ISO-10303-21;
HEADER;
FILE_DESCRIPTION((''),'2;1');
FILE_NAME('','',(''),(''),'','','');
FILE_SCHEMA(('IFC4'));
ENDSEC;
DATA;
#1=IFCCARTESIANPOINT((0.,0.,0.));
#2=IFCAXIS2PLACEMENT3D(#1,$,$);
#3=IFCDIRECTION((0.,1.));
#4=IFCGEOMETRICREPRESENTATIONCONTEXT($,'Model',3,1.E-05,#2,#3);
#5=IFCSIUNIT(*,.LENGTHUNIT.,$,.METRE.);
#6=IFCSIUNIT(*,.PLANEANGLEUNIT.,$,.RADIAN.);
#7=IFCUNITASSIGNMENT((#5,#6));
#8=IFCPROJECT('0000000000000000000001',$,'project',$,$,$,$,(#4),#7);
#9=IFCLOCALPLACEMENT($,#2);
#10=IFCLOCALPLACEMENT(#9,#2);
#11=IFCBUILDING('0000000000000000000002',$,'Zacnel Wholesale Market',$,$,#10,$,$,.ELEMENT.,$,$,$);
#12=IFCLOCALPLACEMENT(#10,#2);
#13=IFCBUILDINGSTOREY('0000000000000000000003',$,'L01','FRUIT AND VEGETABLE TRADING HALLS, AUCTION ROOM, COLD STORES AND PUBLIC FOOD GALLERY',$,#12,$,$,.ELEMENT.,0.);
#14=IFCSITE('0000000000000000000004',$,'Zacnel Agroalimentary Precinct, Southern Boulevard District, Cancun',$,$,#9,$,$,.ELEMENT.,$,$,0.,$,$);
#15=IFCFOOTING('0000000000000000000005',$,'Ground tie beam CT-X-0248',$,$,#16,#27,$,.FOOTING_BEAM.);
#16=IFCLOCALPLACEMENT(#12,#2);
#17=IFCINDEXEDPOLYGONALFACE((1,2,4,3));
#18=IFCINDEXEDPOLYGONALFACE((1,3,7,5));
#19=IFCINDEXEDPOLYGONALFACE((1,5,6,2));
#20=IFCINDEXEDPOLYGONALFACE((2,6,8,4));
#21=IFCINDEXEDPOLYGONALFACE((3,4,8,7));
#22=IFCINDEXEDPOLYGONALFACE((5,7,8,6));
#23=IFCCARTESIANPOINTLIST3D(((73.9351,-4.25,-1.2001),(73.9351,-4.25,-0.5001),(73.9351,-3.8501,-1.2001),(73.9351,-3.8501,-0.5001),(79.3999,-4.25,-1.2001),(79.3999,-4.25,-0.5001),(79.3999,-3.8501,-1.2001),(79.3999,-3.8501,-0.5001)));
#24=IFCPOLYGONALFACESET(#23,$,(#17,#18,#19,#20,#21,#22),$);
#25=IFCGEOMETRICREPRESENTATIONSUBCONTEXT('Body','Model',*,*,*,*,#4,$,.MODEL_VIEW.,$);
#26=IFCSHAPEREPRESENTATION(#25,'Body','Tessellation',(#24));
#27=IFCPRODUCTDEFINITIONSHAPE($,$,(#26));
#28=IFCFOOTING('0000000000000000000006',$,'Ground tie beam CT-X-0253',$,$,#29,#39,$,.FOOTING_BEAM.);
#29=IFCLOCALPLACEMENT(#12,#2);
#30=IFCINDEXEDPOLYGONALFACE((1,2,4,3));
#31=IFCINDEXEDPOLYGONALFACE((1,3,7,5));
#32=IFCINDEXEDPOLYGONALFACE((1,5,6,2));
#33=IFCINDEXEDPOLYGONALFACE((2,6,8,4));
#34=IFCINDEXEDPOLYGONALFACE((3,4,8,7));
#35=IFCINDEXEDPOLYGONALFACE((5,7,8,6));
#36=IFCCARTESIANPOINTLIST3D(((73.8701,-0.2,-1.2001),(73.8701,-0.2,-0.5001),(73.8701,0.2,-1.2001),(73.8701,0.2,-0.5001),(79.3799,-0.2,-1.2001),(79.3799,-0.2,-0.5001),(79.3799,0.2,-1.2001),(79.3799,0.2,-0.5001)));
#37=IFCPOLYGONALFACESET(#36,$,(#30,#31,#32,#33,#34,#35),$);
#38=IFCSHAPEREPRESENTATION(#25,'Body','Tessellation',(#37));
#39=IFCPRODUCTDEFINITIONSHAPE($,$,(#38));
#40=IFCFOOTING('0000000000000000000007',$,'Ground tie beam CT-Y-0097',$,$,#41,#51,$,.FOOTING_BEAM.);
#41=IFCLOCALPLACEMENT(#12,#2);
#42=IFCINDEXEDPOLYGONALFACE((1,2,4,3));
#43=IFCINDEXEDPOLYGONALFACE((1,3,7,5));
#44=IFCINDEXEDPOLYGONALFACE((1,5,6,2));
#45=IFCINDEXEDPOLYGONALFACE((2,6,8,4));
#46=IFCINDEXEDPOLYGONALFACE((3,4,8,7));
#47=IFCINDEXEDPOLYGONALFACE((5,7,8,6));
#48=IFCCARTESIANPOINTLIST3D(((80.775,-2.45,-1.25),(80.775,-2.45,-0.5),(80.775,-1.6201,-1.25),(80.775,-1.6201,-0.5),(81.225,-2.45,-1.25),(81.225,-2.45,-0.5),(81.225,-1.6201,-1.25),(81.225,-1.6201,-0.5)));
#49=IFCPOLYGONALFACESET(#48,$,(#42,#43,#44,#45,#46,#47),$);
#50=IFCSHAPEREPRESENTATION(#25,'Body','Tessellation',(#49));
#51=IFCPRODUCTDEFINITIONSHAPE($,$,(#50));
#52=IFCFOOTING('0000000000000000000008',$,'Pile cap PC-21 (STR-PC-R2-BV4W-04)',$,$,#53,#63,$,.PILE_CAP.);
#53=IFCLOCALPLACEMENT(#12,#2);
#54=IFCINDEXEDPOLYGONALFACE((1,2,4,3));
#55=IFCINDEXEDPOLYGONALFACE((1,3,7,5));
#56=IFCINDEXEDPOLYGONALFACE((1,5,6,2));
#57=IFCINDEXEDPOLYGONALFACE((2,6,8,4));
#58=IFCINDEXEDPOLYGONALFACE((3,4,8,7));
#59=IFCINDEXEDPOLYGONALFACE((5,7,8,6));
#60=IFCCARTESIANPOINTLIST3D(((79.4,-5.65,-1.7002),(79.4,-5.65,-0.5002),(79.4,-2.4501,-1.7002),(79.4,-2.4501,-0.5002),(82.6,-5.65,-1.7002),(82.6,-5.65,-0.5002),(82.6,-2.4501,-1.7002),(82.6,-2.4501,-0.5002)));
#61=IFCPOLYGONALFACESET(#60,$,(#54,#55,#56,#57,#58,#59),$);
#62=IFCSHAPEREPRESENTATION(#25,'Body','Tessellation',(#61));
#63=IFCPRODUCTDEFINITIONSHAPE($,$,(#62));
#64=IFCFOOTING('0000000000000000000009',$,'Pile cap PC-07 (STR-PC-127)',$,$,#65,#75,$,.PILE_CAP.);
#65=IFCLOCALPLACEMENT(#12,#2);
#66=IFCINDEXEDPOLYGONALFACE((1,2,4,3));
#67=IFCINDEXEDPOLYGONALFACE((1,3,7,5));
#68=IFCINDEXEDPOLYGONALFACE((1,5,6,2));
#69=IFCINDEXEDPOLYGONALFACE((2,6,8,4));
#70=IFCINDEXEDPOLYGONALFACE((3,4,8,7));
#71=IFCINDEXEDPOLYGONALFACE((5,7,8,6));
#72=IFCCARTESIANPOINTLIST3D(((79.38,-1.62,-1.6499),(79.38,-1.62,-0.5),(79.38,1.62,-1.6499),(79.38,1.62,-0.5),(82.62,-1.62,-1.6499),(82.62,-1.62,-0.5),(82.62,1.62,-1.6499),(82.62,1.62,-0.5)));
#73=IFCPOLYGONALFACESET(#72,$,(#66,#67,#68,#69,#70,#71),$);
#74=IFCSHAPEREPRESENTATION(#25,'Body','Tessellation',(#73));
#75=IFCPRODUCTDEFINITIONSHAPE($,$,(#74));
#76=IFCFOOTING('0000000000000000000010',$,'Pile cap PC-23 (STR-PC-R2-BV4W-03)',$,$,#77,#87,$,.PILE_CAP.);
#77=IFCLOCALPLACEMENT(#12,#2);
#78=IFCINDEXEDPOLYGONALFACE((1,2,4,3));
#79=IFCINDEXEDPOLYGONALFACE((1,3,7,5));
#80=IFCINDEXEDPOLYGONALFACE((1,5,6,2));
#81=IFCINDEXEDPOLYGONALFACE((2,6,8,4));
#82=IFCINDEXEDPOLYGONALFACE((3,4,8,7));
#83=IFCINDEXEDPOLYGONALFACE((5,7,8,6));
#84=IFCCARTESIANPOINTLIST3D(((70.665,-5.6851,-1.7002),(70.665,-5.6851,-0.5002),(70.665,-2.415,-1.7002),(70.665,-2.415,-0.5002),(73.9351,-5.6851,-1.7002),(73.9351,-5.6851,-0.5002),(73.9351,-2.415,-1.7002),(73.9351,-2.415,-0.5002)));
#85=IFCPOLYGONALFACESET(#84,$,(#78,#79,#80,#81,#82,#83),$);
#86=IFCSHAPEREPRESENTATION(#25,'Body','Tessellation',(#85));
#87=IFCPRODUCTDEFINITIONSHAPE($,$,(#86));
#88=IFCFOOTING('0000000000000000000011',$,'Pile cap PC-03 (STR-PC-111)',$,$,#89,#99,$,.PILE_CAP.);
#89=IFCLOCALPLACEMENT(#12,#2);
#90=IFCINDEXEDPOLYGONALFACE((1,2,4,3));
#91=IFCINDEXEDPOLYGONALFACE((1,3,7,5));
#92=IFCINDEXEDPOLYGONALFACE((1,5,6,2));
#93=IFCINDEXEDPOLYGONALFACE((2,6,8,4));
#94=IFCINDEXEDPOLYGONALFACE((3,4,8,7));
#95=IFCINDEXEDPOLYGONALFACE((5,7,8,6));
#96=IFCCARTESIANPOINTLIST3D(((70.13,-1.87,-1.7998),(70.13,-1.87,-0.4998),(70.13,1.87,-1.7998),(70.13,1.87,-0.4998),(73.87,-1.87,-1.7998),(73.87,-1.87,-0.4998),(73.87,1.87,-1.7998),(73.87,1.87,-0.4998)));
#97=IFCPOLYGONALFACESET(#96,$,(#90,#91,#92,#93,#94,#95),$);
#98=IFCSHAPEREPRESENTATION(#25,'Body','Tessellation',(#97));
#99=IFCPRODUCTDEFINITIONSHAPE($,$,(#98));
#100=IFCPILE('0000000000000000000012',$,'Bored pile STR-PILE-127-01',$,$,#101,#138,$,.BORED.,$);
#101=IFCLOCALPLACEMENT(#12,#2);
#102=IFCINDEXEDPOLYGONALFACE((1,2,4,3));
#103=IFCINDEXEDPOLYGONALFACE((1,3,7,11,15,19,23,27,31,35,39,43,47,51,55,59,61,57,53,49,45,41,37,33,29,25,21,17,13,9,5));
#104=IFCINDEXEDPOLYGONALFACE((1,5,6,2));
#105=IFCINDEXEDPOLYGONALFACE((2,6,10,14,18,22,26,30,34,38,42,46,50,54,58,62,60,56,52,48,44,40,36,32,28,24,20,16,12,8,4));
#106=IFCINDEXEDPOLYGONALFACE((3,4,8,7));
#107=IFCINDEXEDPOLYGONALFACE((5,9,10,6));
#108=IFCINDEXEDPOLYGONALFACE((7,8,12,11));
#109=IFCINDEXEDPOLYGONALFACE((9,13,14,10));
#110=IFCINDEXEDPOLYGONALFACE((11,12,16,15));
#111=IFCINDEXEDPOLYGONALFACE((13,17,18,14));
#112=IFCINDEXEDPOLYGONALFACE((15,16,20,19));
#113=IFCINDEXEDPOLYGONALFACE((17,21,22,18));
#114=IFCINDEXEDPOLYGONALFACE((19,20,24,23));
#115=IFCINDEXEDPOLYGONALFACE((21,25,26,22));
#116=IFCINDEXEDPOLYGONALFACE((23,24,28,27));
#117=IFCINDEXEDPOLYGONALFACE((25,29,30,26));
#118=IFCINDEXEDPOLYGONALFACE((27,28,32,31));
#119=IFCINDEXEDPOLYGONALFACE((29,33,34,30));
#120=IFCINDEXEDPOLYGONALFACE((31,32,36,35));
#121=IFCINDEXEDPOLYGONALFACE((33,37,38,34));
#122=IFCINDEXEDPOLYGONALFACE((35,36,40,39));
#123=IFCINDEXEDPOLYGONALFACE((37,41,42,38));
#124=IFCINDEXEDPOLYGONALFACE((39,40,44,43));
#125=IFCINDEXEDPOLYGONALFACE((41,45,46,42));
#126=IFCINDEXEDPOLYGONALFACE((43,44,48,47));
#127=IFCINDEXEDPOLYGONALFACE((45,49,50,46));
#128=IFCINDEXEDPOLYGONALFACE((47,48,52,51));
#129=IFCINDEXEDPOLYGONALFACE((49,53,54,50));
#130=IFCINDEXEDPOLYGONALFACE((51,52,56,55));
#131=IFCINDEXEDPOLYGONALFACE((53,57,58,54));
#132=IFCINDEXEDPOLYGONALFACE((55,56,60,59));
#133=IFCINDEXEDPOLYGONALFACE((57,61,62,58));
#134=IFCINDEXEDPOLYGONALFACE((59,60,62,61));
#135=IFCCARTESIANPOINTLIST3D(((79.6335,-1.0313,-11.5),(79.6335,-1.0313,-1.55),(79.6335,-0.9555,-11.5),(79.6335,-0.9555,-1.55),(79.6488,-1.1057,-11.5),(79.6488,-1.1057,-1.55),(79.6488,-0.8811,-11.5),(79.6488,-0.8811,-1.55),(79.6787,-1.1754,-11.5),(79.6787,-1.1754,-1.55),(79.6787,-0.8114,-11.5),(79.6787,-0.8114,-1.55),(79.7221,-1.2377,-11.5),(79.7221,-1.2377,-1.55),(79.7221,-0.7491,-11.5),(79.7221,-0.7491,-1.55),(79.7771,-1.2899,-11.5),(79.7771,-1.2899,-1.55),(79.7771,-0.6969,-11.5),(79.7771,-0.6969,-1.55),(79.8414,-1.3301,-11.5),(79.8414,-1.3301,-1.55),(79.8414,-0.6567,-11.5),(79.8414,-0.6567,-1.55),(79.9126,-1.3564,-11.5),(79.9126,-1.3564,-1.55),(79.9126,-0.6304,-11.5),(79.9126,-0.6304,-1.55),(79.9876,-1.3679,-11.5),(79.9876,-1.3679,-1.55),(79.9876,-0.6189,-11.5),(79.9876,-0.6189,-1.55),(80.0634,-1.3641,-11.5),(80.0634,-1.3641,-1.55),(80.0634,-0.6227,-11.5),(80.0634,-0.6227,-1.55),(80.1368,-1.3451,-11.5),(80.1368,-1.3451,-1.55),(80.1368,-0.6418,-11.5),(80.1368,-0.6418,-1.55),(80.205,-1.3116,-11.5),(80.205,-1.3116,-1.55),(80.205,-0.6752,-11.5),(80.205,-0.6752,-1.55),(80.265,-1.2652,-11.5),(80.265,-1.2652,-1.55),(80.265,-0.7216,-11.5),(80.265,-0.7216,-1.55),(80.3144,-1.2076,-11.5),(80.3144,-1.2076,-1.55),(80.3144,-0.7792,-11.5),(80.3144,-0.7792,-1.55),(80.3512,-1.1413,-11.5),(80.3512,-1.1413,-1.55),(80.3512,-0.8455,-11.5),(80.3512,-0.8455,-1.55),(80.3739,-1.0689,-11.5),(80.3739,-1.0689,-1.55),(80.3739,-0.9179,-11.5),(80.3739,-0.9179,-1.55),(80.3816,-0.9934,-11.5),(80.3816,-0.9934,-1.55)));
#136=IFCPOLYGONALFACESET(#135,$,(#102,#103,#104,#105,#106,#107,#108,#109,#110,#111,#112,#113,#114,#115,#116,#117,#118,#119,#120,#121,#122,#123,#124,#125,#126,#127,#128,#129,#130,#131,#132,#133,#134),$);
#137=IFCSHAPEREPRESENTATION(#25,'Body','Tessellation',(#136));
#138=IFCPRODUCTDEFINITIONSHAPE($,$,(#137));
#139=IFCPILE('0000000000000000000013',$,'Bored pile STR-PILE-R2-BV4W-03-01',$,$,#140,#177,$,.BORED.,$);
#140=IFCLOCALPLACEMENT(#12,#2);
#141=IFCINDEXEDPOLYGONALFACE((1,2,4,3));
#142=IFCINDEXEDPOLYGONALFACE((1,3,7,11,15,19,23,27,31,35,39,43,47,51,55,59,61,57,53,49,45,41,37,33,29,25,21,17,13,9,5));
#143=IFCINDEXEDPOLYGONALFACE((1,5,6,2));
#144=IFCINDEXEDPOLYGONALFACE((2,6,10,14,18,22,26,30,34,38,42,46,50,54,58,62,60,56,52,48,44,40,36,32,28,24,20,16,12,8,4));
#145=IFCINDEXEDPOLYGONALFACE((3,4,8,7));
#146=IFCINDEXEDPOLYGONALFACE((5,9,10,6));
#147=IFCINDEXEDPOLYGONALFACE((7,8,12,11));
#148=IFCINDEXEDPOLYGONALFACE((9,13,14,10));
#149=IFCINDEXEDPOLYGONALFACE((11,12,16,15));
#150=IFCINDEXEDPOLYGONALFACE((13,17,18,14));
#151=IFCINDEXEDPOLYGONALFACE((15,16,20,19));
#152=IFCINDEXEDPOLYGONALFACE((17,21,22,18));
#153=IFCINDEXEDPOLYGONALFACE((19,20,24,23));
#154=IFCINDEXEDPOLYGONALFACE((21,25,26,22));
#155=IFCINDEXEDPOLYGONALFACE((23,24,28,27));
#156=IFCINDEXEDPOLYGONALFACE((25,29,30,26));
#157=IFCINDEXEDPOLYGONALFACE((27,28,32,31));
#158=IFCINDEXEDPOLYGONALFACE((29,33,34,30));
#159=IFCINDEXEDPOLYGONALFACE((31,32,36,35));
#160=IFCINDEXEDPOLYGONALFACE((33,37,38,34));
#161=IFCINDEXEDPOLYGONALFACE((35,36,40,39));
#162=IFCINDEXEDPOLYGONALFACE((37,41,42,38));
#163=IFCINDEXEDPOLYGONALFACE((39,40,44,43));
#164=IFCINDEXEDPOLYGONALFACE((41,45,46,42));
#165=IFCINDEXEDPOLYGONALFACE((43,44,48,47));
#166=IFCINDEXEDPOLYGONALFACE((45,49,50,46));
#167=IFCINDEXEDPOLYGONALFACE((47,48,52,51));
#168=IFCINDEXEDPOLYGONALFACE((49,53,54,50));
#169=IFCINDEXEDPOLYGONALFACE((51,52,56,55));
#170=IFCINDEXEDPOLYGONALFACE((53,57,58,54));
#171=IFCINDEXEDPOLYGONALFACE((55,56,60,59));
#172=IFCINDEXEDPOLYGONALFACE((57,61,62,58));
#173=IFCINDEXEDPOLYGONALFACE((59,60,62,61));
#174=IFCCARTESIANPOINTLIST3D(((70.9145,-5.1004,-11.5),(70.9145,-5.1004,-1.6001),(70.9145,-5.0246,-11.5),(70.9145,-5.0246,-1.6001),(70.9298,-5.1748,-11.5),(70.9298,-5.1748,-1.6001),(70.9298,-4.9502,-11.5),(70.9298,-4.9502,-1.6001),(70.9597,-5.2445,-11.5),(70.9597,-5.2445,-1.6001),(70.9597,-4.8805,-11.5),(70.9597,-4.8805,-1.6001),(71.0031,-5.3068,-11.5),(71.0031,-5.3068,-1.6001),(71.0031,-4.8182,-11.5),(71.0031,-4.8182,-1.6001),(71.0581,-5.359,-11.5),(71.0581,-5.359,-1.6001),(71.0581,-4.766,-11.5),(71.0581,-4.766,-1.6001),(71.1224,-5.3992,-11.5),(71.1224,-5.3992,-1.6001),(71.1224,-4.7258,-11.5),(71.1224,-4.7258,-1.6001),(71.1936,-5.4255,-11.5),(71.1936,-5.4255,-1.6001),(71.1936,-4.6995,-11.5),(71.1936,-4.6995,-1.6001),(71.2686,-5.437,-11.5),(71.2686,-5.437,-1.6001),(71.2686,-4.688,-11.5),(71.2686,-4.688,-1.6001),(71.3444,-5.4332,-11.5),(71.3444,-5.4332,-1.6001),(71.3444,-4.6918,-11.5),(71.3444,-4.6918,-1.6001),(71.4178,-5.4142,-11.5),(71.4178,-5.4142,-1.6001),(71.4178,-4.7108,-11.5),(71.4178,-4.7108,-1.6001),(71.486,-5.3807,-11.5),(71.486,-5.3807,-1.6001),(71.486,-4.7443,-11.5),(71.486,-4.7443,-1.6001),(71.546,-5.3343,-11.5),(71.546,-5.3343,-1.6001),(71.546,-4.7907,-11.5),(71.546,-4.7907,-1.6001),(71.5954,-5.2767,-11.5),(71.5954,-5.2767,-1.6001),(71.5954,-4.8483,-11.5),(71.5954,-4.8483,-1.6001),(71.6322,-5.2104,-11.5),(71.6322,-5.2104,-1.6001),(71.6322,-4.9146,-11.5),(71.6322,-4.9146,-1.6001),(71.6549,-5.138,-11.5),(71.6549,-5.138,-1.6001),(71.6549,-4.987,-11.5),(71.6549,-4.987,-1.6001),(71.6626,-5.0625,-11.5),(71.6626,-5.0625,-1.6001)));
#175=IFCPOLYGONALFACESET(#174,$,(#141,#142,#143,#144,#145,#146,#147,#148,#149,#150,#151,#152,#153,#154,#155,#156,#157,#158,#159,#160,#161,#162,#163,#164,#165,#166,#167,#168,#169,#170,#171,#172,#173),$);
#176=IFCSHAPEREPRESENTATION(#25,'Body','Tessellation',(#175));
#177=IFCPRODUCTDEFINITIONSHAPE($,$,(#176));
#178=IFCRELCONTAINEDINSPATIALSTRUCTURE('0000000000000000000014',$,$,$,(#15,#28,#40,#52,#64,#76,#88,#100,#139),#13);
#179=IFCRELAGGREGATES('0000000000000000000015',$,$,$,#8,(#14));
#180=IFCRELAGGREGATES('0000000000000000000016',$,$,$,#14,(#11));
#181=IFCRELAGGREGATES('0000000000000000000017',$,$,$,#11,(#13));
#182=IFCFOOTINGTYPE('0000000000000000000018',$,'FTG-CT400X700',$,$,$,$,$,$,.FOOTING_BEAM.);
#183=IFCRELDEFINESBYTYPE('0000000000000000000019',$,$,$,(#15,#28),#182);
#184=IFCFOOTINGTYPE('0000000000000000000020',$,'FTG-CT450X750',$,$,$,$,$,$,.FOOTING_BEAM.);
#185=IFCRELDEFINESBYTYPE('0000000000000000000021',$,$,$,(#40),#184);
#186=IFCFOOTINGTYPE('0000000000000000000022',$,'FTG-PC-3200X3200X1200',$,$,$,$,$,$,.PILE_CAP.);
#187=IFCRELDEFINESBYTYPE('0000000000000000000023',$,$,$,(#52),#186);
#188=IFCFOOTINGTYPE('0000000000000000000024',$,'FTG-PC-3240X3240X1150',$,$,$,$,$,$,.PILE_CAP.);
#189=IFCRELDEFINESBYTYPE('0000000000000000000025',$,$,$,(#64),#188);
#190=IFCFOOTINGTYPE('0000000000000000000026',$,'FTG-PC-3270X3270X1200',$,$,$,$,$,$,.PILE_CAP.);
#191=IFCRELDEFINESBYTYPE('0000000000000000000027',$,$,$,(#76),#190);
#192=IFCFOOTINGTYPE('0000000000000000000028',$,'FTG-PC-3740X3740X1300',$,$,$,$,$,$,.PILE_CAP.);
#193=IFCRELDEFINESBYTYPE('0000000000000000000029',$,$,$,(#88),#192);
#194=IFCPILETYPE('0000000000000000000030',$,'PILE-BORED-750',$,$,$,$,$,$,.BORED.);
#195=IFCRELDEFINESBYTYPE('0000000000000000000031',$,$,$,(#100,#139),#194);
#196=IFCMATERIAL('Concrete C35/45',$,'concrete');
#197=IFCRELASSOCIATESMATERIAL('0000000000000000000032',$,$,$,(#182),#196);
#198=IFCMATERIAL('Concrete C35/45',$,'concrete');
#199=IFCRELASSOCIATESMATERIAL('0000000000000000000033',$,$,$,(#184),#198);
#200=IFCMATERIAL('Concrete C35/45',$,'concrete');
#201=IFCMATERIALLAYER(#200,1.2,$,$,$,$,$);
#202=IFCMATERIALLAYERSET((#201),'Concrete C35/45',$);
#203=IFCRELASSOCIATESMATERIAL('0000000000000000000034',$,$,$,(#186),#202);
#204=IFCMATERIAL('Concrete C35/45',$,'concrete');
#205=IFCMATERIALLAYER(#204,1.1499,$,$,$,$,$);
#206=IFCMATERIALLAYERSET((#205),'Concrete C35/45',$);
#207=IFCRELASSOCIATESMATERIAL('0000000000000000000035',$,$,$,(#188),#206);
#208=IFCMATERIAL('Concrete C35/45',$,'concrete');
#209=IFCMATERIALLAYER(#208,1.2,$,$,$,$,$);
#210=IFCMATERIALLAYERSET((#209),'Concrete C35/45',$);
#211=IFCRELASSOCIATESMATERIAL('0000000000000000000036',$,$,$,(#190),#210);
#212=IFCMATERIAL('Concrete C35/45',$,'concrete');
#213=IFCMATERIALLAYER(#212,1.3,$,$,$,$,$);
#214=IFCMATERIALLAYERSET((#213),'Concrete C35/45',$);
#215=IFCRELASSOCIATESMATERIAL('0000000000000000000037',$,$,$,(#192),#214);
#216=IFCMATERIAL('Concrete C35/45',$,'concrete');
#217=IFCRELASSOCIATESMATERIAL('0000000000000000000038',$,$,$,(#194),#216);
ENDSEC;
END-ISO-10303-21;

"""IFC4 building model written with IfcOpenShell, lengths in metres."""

from ifc_helpers import new_model, si_unit, direction, frame, origin, origin_2d, place, context, subcontext, project, spatial, rectangle, circle, extrude, material, layer, layer_set, material_profile, profile_set, type_object, element, save


model = new_model("IFC4")

# Units and contexts
model_context = context("Model", 3, precision=1e-05, world=origin(), true_north=direction((0.0, 1.0)))
body_context = subcontext(model_context, "Body", "Model", "MODEL_VIEW")
ifc_project = project(units=[si_unit("LENGTHUNIT", "METRE"), si_unit("PLANEANGLEUNIT", "RADIAN")], contexts=[model_context])

# Site, building, storey
site_placement = place(None, origin())
site = spatial("IfcSite", under=ifc_project, at=site_placement, Name="Zacnel Agroalimentary Precinct, Southern Boulevard District, Cancun", CompositionType="ELEMENT", RefElevation=0.0)
building_placement = place(site_placement, origin())
building = spatial("IfcBuilding", under=site, at=building_placement, Name="Zacnel Wholesale Market", CompositionType="ELEMENT")
storey_placement = place(building_placement, origin())
storey = spatial("IfcBuildingStorey", under=building, at=storey_placement, Name="L01", Description="FRUIT AND VEGETABLE TRADING HALLS, AUCTION ROOM, COLD STORES AND PUBLIC FOOD GALLERY", CompositionType="ELEMENT", Elevation=0.0)

# Footings
ifc_material_1 = material(Name="Concrete C35/45", Category="concrete")
ifc_material_profile_1 = material_profile(ifc_material_1, rectangle(XDim=0.3999, YDim=0.7, at=origin_2d()), Name="CT 400x700")
ifc_profile_set_1 = profile_set([ifc_material_profile_1], Name="Concrete C35/45")
footing_type_1 = type_object("IfcFootingType", Name="FTG-CT400X700", PredefinedType="FOOTING_BEAM", material=ifc_profile_set_1)
footing_1_placement = place(storey_placement, frame((73.9351, -4.05, -0.8501), z_axis=(1.0, 0.0, 0.0), x_axis=(0.0, 1.0, 0.0)))
element("IfcFooting", 1, at=footing_1_placement, inside=storey, type_object=footing_type_1, Name="Ground tie beam CT-X-0248", PredefinedType="FOOTING_BEAM", context=body_context, shape_type="SweptSolid", body=[
    extrude(rectangle(XDim=0.3999, YDim=0.7, at=origin_2d()), origin(), (0.0, 0.0, 1.0), 5.4648),
])
footing_2_placement = place(storey_placement, frame((73.8701, 0.0, -0.8501), z_axis=(1.0, 0.0, 0.0), x_axis=(0.0, 1.0, 0.0)))
element("IfcFooting", 2, at=footing_2_placement, inside=storey, type_object=footing_type_1, Name="Ground tie beam CT-X-0253", PredefinedType="FOOTING_BEAM", context=body_context, shape_type="SweptSolid", body=[
    extrude(rectangle(XDim=0.3999, YDim=0.7, at=origin_2d()), origin(), (0.0, 0.0, 1.0), 5.5098),
])
ifc_material_2 = material(Name="Concrete C35/45", Category="concrete")
ifc_material_profile_2 = material_profile(ifc_material_2, rectangle(XDim=0.45, YDim=0.75, at=origin_2d()), Name="CT 450x750")
ifc_profile_set_2 = profile_set([ifc_material_profile_2], Name="Concrete C35/45")
footing_type_2 = type_object("IfcFootingType", Name="FTG-CT450X750", PredefinedType="FOOTING_BEAM", material=ifc_profile_set_2)
footing_3_placement = place(storey_placement, frame((81.0, -2.45, -0.875), z_axis=(0.0, 1.0, 0.0), x_axis=(-1.0, 0.0, 0.0)))
element("IfcFooting", 3, at=footing_3_placement, inside=storey, type_object=footing_type_2, Name="Ground tie beam CT-Y-0097", PredefinedType="FOOTING_BEAM", context=body_context, shape_type="SweptSolid", body=[
    extrude(rectangle(XDim=0.45, YDim=0.75, at=origin_2d()), origin(), (0.0, 0.0, 1.0), 0.8298),
])
ifc_material_3 = material(Name="Concrete C35/45", Category="concrete")
ifc_layer_1 = layer(ifc_material_3, 1.2)
ifc_layer_set_1 = layer_set([ifc_layer_1], Name="Concrete C35/45")
footing_type_3 = type_object("IfcFootingType", Name="FTG-PC-3200X3200X1200", PredefinedType="PILE_CAP", material=ifc_layer_set_1)
footing_4_placement = place(storey_placement, frame((81.0, -4.05, -1.7002), z_axis=(0.0, 0.0, 1.0), x_axis=(1.0, 0.0, 0.0)))
element("IfcFooting", 4, at=footing_4_placement, inside=storey, type_object=footing_type_3, Name="Pile cap PC-21 (STR-PC-R2-BV4W-04)", PredefinedType="PILE_CAP", context=body_context, shape_type="SweptSolid", body=[
    extrude(rectangle(XDim=3.2, YDim=3.2, at=origin_2d()), origin(), (0.0, 0.0, 1.0), 1.2),
])
ifc_material_4 = material(Name="Concrete C35/45", Category="concrete")
ifc_layer_2 = layer(ifc_material_4, 1.1499)
ifc_layer_set_2 = layer_set([ifc_layer_2], Name="Concrete C35/45")
footing_type_4 = type_object("IfcFootingType", Name="FTG-PC-3240X3240X1150", PredefinedType="PILE_CAP", material=ifc_layer_set_2)
footing_5_placement = place(storey_placement, frame((81.0, 0.0, -1.6499), z_axis=(0.0, 0.0, 1.0), x_axis=(1.0, 0.0, 0.0)))
element("IfcFooting", 5, at=footing_5_placement, inside=storey, type_object=footing_type_4, Name="Pile cap PC-07 (STR-PC-127)", PredefinedType="PILE_CAP", context=body_context, shape_type="SweptSolid", body=[
    extrude(rectangle(XDim=3.24, YDim=3.24, at=origin_2d()), origin(), (0.0, 0.0, 1.0), 1.1499),
])
ifc_material_5 = material(Name="Concrete C35/45", Category="concrete")
ifc_layer_3 = layer(ifc_material_5, 1.2)
ifc_layer_set_3 = layer_set([ifc_layer_3], Name="Concrete C35/45")
footing_type_5 = type_object("IfcFootingType", Name="FTG-PC-3270X3270X1200", PredefinedType="PILE_CAP", material=ifc_layer_set_3)
footing_6_placement = place(storey_placement, frame((72.3, -4.05, -1.7002), z_axis=(0.0, 0.0, 1.0), x_axis=(1.0, 0.0, 0.0)))
element("IfcFooting", 6, at=footing_6_placement, inside=storey, type_object=footing_type_5, Name="Pile cap PC-23 (STR-PC-R2-BV4W-03)", PredefinedType="PILE_CAP", context=body_context, shape_type="SweptSolid", body=[
    extrude(rectangle(XDim=3.27, YDim=3.27, at=origin_2d()), origin(), (0.0, 0.0, 1.0), 1.2),
])
ifc_material_6 = material(Name="Concrete C35/45", Category="concrete")
ifc_layer_4 = layer(ifc_material_6, 1.3)
ifc_layer_set_4 = layer_set([ifc_layer_4], Name="Concrete C35/45")
footing_type_6 = type_object("IfcFootingType", Name="FTG-PC-3740X3740X1300", PredefinedType="PILE_CAP", material=ifc_layer_set_4)
footing_7_placement = place(storey_placement, frame((72.0, 0.0, -1.7998), z_axis=(0.0, 0.0, 1.0), x_axis=(1.0, 0.0, 0.0)))
element("IfcFooting", 7, at=footing_7_placement, inside=storey, type_object=footing_type_6, Name="Pile cap PC-03 (STR-PC-111)", PredefinedType="PILE_CAP", context=body_context, shape_type="SweptSolid", body=[
    extrude(rectangle(XDim=3.74, YDim=3.74, at=origin_2d()), origin(), (0.0, 0.0, 1.0), 1.3),
])

# Piles
ifc_material_7 = material(Name="Concrete C35/45", Category="concrete")
ifc_material_profile_3 = material_profile(ifc_material_7, circle(Radius=0.375, at=origin_2d()), Name="BORED PILE D750")
ifc_profile_set_3 = profile_set([ifc_material_profile_3], Name="Concrete C35/45")
pile_type_1 = type_object("IfcPileType", Name="PILE-BORED-750", PredefinedType="BORED", material=ifc_profile_set_3)
pile_placement = place(storey_placement, frame((80.0066, -0.9934, -1.55), z_axis=(0.0, 0.0, -1.0), x_axis=(1.0, 0.0, 0.0)))
element("IfcPile", 8, at=pile_placement, inside=storey, type_object=pile_type_1, Name="Bored pile STR-PILE-127-01", PredefinedType="BORED", context=body_context, shape_type="SweptSolid", body=[
    extrude(circle(Radius=0.375, at=origin_2d()), origin(), (0.0, 0.0, 1.0), 9.95),
])
for number, where, z_axis, x_axis, name in (
    (9, (71.2876, -5.0625, -1.6001), (0.0, 0.0, -1.0), (1.0, 0.0, 0.0), "Bored pile STR-PILE-R2-BV4W-03-01"),
):
    element("IfcPile", number, at=place(storey_placement, frame(where, z_axis=z_axis, x_axis=x_axis)), inside=storey, type_object=pile_type_1, Name=name, PredefinedType="BORED", context=body_context, shape_type="SweptSolid", body=[
        extrude(circle(Radius=0.375, at=origin_2d()), origin(), (0.0, 0.0, 1.0), 9.8999),
    ])

save(model, "model.ifc")
